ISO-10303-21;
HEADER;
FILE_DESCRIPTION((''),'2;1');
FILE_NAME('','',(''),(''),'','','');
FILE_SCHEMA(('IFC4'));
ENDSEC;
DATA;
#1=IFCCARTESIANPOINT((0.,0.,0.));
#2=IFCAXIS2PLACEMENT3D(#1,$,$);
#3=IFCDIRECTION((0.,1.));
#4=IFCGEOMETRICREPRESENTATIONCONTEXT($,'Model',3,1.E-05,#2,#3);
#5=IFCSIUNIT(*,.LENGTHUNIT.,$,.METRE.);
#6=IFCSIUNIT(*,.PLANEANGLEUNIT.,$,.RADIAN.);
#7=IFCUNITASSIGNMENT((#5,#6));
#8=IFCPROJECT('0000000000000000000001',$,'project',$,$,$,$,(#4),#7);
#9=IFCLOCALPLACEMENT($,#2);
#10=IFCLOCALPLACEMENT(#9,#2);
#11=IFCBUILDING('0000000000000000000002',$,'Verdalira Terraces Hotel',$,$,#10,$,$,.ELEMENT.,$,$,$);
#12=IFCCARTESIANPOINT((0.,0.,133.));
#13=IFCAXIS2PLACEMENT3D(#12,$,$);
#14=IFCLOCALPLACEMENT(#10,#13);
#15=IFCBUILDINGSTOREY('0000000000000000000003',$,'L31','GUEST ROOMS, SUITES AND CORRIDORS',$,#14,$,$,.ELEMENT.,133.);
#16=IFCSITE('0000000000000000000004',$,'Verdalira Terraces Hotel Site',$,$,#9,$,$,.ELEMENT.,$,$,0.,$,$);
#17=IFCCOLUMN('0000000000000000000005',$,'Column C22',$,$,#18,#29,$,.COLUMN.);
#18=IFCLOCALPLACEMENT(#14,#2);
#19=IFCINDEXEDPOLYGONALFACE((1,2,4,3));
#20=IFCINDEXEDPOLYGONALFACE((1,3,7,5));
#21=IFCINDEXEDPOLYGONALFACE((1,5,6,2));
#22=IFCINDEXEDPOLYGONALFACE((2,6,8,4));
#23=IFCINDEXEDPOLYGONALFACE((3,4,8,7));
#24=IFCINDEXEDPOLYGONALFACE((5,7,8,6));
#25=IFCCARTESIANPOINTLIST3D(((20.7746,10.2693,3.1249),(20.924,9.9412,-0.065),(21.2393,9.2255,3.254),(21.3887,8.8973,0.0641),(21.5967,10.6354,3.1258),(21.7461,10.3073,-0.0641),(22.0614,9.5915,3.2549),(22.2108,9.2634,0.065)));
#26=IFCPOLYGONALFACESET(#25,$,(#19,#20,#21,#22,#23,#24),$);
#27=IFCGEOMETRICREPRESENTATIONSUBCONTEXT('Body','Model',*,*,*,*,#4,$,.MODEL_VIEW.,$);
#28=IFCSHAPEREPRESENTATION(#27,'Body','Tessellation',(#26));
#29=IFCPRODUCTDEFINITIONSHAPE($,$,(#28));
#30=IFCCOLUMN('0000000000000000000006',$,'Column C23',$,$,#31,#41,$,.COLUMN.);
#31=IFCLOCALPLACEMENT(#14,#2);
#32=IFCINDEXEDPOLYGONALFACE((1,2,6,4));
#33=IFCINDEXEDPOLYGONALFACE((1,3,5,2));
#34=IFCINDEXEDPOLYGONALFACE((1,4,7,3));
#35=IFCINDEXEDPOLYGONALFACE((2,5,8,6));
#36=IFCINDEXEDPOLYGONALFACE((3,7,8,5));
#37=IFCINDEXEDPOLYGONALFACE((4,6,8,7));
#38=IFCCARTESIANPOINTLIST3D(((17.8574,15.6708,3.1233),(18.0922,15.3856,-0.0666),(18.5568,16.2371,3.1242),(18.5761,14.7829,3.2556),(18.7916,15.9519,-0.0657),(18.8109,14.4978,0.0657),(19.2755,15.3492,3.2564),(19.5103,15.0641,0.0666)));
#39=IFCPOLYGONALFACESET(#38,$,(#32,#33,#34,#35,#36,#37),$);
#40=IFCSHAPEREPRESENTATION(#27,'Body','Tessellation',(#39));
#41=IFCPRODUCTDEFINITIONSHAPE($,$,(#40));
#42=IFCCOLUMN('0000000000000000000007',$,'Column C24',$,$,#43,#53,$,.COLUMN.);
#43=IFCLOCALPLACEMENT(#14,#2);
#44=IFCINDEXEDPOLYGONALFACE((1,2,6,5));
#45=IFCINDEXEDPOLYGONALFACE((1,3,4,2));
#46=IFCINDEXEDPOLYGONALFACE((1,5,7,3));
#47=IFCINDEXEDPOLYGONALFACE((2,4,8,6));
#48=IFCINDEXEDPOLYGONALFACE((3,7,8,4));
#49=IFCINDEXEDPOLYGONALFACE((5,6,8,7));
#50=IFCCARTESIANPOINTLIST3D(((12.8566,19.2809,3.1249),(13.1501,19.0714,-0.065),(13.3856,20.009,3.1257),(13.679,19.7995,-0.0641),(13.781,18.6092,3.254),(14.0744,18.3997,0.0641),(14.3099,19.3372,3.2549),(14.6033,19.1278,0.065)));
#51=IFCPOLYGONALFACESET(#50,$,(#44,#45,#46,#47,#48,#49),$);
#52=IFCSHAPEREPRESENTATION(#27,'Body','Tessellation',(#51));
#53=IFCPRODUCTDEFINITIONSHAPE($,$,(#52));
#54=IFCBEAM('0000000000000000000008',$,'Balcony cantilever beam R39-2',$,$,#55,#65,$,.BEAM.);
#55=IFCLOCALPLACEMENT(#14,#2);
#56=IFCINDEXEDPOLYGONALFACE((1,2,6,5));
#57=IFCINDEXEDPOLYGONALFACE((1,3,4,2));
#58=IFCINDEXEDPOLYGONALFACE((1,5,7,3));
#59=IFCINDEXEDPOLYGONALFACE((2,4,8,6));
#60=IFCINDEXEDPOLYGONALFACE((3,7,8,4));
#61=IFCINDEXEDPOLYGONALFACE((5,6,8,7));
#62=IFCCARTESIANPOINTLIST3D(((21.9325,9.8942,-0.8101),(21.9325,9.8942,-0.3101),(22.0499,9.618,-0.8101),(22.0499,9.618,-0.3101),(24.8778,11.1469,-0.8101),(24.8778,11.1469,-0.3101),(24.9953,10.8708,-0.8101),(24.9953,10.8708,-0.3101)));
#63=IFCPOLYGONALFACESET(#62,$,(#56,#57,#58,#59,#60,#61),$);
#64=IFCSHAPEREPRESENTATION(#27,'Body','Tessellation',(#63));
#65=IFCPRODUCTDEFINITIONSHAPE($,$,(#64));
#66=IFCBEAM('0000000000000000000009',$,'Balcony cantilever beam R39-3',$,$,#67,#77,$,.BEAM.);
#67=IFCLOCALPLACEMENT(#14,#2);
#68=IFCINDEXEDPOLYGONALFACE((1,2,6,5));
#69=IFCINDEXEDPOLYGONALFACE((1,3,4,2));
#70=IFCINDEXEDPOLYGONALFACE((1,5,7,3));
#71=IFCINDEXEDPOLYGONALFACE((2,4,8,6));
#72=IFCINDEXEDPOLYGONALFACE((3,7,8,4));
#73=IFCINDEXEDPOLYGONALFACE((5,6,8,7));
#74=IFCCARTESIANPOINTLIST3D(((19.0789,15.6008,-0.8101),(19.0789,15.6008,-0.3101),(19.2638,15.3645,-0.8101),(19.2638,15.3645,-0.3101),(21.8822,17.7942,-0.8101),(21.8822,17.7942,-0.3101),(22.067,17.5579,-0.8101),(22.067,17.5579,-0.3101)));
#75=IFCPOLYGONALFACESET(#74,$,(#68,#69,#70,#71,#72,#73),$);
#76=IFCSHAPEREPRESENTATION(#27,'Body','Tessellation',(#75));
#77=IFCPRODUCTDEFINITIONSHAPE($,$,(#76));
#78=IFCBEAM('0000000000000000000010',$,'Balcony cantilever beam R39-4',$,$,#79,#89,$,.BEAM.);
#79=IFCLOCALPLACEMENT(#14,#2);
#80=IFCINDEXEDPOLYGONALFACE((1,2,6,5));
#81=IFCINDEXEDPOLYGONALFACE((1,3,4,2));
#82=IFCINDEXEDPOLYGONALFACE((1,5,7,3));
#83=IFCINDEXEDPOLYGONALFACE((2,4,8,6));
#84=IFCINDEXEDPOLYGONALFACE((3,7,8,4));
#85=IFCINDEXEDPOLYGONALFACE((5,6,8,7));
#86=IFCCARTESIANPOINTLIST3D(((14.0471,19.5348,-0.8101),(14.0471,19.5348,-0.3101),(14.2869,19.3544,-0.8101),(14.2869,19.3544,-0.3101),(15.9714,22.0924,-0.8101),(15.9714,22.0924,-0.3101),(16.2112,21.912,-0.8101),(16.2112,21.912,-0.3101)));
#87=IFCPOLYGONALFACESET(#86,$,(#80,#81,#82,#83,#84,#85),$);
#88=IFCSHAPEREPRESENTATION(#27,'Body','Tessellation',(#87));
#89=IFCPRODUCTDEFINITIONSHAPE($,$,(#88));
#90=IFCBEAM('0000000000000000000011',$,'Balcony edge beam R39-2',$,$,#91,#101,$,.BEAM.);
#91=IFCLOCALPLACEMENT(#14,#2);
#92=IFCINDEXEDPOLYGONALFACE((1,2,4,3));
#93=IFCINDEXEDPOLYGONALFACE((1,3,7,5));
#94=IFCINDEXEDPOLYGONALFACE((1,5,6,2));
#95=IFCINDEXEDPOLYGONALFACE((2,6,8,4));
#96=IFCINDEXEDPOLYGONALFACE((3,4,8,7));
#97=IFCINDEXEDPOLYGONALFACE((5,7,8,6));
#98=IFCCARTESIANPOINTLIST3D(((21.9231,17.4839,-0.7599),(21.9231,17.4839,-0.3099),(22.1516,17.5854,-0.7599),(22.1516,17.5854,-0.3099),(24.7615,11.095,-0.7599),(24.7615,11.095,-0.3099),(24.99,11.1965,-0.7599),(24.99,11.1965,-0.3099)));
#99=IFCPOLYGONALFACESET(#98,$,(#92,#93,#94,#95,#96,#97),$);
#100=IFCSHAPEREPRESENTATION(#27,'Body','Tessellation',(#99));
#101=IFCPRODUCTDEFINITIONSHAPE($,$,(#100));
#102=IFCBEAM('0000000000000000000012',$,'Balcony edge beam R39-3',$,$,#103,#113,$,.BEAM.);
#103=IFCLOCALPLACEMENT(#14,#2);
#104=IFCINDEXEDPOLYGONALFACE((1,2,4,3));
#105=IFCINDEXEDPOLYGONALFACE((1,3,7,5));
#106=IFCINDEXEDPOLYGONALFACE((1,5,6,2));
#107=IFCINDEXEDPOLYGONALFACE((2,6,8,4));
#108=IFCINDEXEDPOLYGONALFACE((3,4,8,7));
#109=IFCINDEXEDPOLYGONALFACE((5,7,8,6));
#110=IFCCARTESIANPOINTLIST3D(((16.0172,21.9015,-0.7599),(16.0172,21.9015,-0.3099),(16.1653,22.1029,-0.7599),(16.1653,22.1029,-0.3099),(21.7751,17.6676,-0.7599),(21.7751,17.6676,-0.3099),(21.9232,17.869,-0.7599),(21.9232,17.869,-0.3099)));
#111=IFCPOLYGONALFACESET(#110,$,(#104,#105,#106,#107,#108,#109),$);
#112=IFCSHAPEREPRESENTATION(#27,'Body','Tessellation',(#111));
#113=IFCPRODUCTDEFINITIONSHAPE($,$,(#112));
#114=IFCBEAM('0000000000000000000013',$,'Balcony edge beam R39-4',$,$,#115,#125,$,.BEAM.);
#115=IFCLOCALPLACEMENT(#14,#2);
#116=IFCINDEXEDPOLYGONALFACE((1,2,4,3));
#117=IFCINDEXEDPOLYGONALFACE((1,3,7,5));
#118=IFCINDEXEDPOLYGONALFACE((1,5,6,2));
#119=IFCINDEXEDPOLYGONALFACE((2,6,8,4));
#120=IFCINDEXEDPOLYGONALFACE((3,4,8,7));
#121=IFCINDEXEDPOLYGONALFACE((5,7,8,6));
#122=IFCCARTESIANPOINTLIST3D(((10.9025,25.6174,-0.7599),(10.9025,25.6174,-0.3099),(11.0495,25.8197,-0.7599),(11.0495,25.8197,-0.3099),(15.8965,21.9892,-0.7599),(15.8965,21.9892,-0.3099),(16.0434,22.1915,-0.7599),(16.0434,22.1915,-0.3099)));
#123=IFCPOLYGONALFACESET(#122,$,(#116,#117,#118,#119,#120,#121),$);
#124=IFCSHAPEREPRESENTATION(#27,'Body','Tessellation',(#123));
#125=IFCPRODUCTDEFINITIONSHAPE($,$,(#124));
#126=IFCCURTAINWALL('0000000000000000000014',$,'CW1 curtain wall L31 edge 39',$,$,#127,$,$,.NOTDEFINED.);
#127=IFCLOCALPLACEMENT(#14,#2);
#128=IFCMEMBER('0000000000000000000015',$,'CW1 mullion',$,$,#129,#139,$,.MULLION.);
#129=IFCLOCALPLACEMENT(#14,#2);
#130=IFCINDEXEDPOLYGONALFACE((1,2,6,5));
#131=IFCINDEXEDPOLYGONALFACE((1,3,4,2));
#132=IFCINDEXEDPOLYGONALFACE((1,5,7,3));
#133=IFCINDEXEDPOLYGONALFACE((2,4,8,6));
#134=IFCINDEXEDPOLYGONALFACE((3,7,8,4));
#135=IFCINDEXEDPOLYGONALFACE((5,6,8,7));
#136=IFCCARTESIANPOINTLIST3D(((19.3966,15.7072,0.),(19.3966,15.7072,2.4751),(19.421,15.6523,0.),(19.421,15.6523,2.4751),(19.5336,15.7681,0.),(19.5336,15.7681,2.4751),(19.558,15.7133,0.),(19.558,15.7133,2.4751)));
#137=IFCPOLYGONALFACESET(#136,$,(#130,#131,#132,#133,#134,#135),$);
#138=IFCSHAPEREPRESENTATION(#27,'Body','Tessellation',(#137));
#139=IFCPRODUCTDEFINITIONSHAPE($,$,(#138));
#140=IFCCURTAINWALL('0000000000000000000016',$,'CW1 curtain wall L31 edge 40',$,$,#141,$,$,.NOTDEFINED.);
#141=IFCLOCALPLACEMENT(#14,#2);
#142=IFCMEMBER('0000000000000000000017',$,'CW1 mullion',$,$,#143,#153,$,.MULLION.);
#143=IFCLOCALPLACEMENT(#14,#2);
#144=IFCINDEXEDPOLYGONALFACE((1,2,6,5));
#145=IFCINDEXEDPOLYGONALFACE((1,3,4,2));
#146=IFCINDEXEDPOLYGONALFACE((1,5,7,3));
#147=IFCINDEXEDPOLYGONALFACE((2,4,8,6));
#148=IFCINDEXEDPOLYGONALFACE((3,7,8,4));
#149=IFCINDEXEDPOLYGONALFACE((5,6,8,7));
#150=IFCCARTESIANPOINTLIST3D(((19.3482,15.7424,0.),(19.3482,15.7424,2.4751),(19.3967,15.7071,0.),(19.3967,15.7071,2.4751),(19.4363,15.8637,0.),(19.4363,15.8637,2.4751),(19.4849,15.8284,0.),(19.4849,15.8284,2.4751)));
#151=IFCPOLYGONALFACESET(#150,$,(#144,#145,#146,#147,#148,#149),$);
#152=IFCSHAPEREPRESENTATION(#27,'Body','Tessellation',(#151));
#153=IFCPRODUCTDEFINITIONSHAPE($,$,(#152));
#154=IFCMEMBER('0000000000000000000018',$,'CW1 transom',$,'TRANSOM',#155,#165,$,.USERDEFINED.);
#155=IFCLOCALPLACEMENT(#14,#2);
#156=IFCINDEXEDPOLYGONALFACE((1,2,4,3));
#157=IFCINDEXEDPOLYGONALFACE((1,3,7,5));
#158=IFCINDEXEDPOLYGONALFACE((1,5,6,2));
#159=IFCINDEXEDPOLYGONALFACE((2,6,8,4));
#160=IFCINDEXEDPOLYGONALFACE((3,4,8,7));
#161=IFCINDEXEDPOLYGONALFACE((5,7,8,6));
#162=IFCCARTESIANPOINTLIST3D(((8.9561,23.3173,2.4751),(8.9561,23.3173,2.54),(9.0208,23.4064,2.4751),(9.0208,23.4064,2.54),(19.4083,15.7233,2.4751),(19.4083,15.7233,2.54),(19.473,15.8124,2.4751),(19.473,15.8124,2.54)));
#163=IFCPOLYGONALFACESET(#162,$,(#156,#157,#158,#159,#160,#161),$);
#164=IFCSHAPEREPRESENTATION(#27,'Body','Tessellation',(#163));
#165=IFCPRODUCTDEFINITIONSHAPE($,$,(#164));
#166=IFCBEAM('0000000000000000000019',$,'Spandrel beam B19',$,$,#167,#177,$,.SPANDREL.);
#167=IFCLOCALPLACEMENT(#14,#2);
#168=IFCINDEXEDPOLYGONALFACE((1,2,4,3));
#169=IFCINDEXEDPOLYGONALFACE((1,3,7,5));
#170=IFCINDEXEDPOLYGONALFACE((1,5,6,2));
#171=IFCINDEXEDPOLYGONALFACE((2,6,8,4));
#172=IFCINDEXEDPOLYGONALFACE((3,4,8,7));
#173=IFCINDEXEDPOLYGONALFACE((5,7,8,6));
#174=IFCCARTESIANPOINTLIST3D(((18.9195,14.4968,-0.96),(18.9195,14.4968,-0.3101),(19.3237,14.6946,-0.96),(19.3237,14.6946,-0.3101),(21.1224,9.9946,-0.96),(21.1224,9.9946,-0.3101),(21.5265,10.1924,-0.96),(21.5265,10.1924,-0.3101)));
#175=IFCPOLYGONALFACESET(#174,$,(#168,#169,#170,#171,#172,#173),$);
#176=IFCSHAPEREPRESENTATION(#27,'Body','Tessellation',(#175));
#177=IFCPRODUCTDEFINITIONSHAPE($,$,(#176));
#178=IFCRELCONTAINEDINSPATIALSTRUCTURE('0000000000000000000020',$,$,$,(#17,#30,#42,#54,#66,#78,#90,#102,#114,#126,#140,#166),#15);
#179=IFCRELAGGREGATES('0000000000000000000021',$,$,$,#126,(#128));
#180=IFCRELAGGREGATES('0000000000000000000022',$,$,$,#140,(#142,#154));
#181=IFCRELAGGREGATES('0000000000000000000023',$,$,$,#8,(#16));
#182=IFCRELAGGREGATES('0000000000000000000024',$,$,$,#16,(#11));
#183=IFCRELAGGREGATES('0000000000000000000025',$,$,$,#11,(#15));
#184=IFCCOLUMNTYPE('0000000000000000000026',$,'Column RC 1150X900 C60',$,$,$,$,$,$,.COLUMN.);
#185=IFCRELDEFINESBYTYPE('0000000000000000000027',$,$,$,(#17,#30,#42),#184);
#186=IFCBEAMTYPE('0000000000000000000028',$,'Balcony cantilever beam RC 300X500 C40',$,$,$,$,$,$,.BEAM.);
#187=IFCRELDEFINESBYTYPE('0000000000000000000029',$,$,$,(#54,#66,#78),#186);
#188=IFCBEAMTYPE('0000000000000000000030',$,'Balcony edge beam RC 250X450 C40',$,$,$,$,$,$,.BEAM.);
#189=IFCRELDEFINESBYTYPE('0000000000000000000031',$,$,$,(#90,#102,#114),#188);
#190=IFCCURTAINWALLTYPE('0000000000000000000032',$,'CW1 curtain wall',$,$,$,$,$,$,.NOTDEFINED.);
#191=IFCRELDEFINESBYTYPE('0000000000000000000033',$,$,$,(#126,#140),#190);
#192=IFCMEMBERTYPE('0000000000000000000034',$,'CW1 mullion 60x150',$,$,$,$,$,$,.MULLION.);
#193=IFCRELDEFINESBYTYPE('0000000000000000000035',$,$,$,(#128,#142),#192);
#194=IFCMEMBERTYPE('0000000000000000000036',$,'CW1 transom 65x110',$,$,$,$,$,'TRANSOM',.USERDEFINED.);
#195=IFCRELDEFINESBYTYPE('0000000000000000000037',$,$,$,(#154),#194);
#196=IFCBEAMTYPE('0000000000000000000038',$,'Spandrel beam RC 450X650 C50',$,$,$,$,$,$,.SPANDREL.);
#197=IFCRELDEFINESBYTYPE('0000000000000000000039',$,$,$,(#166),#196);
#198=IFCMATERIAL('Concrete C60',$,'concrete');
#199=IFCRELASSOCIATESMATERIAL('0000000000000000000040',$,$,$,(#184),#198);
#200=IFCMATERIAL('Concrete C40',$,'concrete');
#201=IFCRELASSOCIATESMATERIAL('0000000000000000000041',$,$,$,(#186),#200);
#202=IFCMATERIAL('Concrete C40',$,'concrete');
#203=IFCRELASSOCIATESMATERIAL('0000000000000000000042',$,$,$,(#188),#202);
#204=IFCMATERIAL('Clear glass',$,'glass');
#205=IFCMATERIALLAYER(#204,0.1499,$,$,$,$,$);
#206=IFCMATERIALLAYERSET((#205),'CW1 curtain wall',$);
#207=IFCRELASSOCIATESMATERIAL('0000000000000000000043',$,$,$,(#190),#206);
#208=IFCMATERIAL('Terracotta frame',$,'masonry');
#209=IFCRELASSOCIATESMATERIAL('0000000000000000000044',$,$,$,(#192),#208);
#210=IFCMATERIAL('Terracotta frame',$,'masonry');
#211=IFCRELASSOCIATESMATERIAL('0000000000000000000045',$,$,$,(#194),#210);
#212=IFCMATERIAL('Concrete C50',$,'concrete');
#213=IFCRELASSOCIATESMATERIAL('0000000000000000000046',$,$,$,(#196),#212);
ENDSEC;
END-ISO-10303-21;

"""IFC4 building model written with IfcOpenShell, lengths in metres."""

from ifc_helpers import new_model, si_unit, direction, frame, origin, origin_2d, place, context, subcontext, project, spatial, rectangle, extrude, material, layer, layer_set, material_profile, profile_set, type_object, element, aggregate, save


model = new_model("IFC4")

# Units and contexts
model_context = context("Model", 3, precision=1e-05, world=origin(), true_north=direction((0.0, 1.0)))
body_context = subcontext(model_context, "Body", "Model", "MODEL_VIEW")
ifc_project = project(units=[si_unit("LENGTHUNIT", "METRE"), si_unit("PLANEANGLEUNIT", "RADIAN")], contexts=[model_context])

# Site, building, storey
site_placement = place(None, origin())
site = spatial("IfcSite", under=ifc_project, at=site_placement, Name="Verdalira Terraces Hotel Site", CompositionType="ELEMENT", RefElevation=0.0)
building_placement = place(site_placement, origin())
building = spatial("IfcBuilding", under=site, at=building_placement, Name="Verdalira Terraces Hotel", CompositionType="ELEMENT")
storey_placement = place(building_placement, frame((0.0, 0.0, 133.0)))
storey = spatial("IfcBuildingStorey", under=building, at=storey_placement, Name="L31", Description="GUEST ROOMS, SUITES AND CORRIDORS", CompositionType="ELEMENT", Elevation=133.0)

# Columns
ifc_material_1 = material(Name="Concrete C60", Category="concrete")
ifc_material_profile_1 = material_profile(ifc_material_1, rectangle(XDim=1.1499, YDim=0.8999, at=origin_2d()), Name="RC 1150X900")
ifc_profile_set_1 = profile_set([ifc_material_profile_1], Name="Concrete C60")
column_type = type_object("IfcColumnType", Name="Column RC 1150X900 C60", PredefinedType="COLUMN", material=ifc_profile_set_1)
column_1_placement = place(storey_placement, frame((21.5674, 9.6023, 0.0), z_axis=(-0.046543, 0.102212, 0.993673), x_axis=(-0.404105, 0.907792, -0.112306)))
element("IfcColumn", 1, at=column_1_placement, inside=storey, type_object=column_type, Name="Column C22", PredefinedType="COLUMN", context=body_context, shape_type="SweptSolid", body=[
    extrude(rectangle(XDim=1.1499, YDim=0.8999, at=origin_2d()), origin(), (0.0, 0.0, 1.0), 3.2102),
])
column_2_placement = place(storey_placement, frame((18.8013, 15.2249, 0.0), z_axis=(-0.073137, 0.088799, 0.993361), x_axis=(0.625001, -0.772102, 0.115036)))
element("IfcColumn", 2, at=column_2_placement, inside=storey, type_object=column_type, Name="Column C23", PredefinedType="COLUMN", context=body_context, shape_type="SweptSolid", body=[
    extrude(rectangle(XDim=1.1499, YDim=0.8999, at=origin_2d()), origin(), (0.0, 0.0, 1.0), 3.2112),
])
column_3_placement = place(storey_placement, frame((13.8767, 19.0996, 0.0), z_axis=(-0.091412, 0.065251, 0.993673), x_axis=(-0.803839, 0.584148, -0.112308)))
element("IfcColumn", 3, at=column_3_placement, inside=storey, type_object=column_type, Name="Column C24", PredefinedType="COLUMN", context=body_context, shape_type="SweptSolid", body=[
    extrude(rectangle(XDim=1.1499, YDim=0.8999, at=origin_2d()), origin(), (0.0, 0.0, 1.0), 3.2102),
])

# Beams
ifc_material_2 = material(Name="Concrete C40", Category="concrete")
ifc_material_profile_2 = material_profile(ifc_material_2, rectangle(XDim=0.3, YDim=0.5, at=origin_2d()), Name="RC 300X500")
ifc_profile_set_2 = profile_set([ifc_material_profile_2], Name="Concrete C40")
beam_type_1 = type_object("IfcBeamType", Name="Balcony cantilever beam RC 300X500 C40", PredefinedType="BEAM", material=ifc_profile_set_2)
beam_1_placement = place(storey_placement, frame((21.9912, 9.7561, -0.5601), z_axis=(0.920227, 0.391386, 0.0), x_axis=(-0.391386, 0.920227, 0.0)))
element("IfcBeam", 4, at=beam_1_placement, inside=storey, type_object=beam_type_1, Name="Balcony cantilever beam R39-2", PredefinedType="BEAM", context=body_context, shape_type="SweptSolid", body=[
    extrude(rectangle(XDim=0.3, YDim=0.5, at=origin_2d()), origin(), (0.0, 0.0, 1.0), 3.2007),
])
beam_2_placement = place(storey_placement, frame((19.1714, 15.4827, -0.5601), z_axis=(0.787569, 0.616227, 0.0), x_axis=(-0.616227, 0.787569, 0.0)))
element("IfcBeam", 5, at=beam_2_placement, inside=storey, type_object=beam_type_1, Name="Balcony cantilever beam R39-3", PredefinedType="BEAM", context=body_context, shape_type="SweptSolid", body=[
    extrude(rectangle(XDim=0.3, YDim=0.5, at=origin_2d()), origin(), (0.0, 0.0, 1.0), 3.5593),
])
beam_3_placement = place(storey_placement, frame((14.167, 19.4446, -0.5601), z_axis=(0.60122, 0.799084, 0.0), x_axis=(-0.799084, 0.60122, 0.0)))
element("IfcBeam", 6, at=beam_3_placement, inside=storey, type_object=beam_type_1, Name="Balcony cantilever beam R39-4", PredefinedType="BEAM", context=body_context, shape_type="SweptSolid", body=[
    extrude(rectangle(XDim=0.3, YDim=0.5, at=origin_2d()), origin(), (0.0, 0.0, 1.0), 3.2007),
])
ifc_material_3 = material(Name="Concrete C40", Category="concrete")
ifc_material_profile_3 = material_profile(ifc_material_3, rectangle(XDim=0.25, YDim=0.45, at=origin_2d()), Name="RC 250X450")
ifc_profile_set_3 = profile_set([ifc_material_profile_3], Name="Concrete C40")
beam_type_2 = type_object("IfcBeamType", Name="Balcony edge beam RC 250X450 C40", PredefinedType="BEAM", material=ifc_profile_set_3)
beam_4_placement = place(storey_placement, frame((24.8757, 11.1458, -0.5349), z_axis=(-0.406002, 0.913872, 0.0), x_axis=(-0.913872, -0.406002, 0.0)))
element("IfcBeam", 7, at=beam_4_placement, inside=storey, type_object=beam_type_2, Name="Balcony edge beam R39-2", PredefinedType="BEAM", context=body_context, shape_type="SweptSolid", body=[
    extrude(rectangle(XDim=0.25, YDim=0.45, at=origin_2d()), origin(), (0.0, 0.0, 1.0), 6.991),
])
beam_5_placement = place(storey_placement, frame((21.8491, 17.7683, -0.5349), z_axis=(-0.805638, 0.592409, 0.0), x_axis=(-0.592409, -0.805638, 0.0)))
element("IfcBeam", 8, at=beam_5_placement, inside=storey, type_object=beam_type_2, Name="Balcony edge beam R39-3", PredefinedType="BEAM", context=body_context, shape_type="SweptSolid", body=[
    extrude(rectangle(XDim=0.25, YDim=0.45, at=origin_2d()), origin(), (0.0, 0.0, 1.0), 7.147),
])
beam_6_placement = place(storey_placement, frame((15.97, 22.0903, -0.5349), z_axis=(-0.809025, 0.587774, 0.0), x_axis=(-0.587774, -0.809025, 0.0)))
element("IfcBeam", 9, at=beam_6_placement, inside=storey, type_object=beam_type_2, Name="Balcony edge beam R39-4", PredefinedType="BEAM", context=body_context, shape_type="SweptSolid", body=[
    extrude(rectangle(XDim=0.25, YDim=0.45, at=origin_2d()), origin(), (0.0, 0.0, 1.0), 6.1729),
])

# Curtain wall, member
ifc_material_4 = material(Name="Clear glass", Category="glass")
ifc_layer_1 = layer(ifc_material_4, 0.1499)
ifc_layer_set_1 = layer_set([ifc_layer_1], Name="CW1 curtain wall")
curtain_wall_type = type_object("IfcCurtainWallType", Name="CW1 curtain wall", PredefinedType="NOTDEFINED", material=ifc_layer_set_1)
curtain_wall_1_placement = place(storey_placement, origin())
curtain_wall_1 = element("IfcCurtainWall", 10, at=curtain_wall_1_placement, inside=storey, type_object=curtain_wall_type, Name="CW1 curtain wall L31 edge 39", PredefinedType="NOTDEFINED")
ifc_material_5 = material(Name="Terracotta frame", Category="masonry")
ifc_material_profile_4 = material_profile(ifc_material_5, rectangle(XDim=0.0601, YDim=0.1499, at=origin_2d()), Name="MU 60x150")
ifc_profile_set_4 = profile_set([ifc_material_profile_4], Name="Terracotta frame")
member_type_1 = type_object("IfcMemberType", Name="CW1 mullion 60x150", PredefinedType="MULLION", material=ifc_profile_set_4)
member_1_placement = place(storey_placement, frame((19.4773, 15.7102, 0.0), z_axis=(0.0, 0.0, 1.0), x_axis=(-0.406737, 0.913545, 0.0)))
member_1 = element("IfcMember", 11, at=member_1_placement, type_object=member_type_1, Name="CW1 mullion", PredefinedType="MULLION", context=body_context, shape_type="SweptSolid", body=[
    extrude(rectangle(XDim=0.0601, YDim=0.1499, at=origin_2d()), origin(), (0.0, 0.0, 1.0), 2.4751),
])

# Curtain wall, members
curtain_wall_2_placement = place(storey_placement, origin())
curtain_wall_2 = element("IfcCurtainWall", 12, at=curtain_wall_2_placement, inside=storey, type_object=curtain_wall_type, Name="CW1 curtain wall L31 edge 40", PredefinedType="NOTDEFINED")
member_2_placement = place(storey_placement, frame((19.4165, 15.7854, 0.0), z_axis=(0.0, 0.0, 1.0), x_axis=(-0.809017, 0.587785, 0.0)))
member_2 = element("IfcMember", 13, at=member_2_placement, type_object=member_type_1, Name="CW1 mullion", PredefinedType="MULLION", context=body_context, shape_type="SweptSolid", body=[
    extrude(rectangle(XDim=0.0601, YDim=0.1499, at=origin_2d()), origin(), (0.0, 0.0, 1.0), 2.4751),
])
ifc_material_6 = material(Name="Terracotta frame", Category="masonry")
ifc_material_profile_5 = material_profile(ifc_material_6, rectangle(XDim=0.1101, YDim=0.0649, at=origin_2d()), Name="TR 65x110")
ifc_profile_set_5 = profile_set([ifc_material_profile_5], Name="Terracotta frame")
member_type_2 = type_object("IfcMemberType", Name="CW1 transom 65x110", ElementType="TRANSOM", PredefinedType="USERDEFINED", material=ifc_profile_set_5)
member_3_placement = place(storey_placement, frame((19.4407, 15.7678, 2.5076), z_axis=(-0.809015, 0.587788, 0.0), x_axis=(-0.587788, -0.809015, 0.0)))
member_3 = element("IfcMember", 14, at=member_3_placement, type_object=member_type_2, Name="CW1 transom", ObjectType="TRANSOM", PredefinedType="USERDEFINED", context=body_context, shape_type="SweptSolid", body=[
    extrude(rectangle(XDim=0.1101, YDim=0.0649, at=origin_2d()), origin(), (0.0, 0.0, 1.0), 12.9197),
])

# Beam
ifc_material_7 = material(Name="Concrete C50", Category="concrete")
ifc_material_profile_6 = material_profile(ifc_material_7, rectangle(XDim=0.45, YDim=0.6499, at=origin_2d()), Name="RC 450X650")
ifc_profile_set_6 = profile_set([ifc_material_profile_6], Name="Concrete C50")
beam_type_3 = type_object("IfcBeamType", Name="Spandrel beam RC 450X650 C50", PredefinedType="SPANDREL", material=ifc_profile_set_6)
beam_7_placement = place(storey_placement, frame((21.3245, 10.0935, -0.635), z_axis=(-0.439501, 0.898242, 0.0), x_axis=(-0.898242, -0.439501, 0.0)))
element("IfcBeam", 15, at=beam_7_placement, inside=storey, type_object=beam_type_3, Name="Spandrel beam B19", PredefinedType="SPANDREL", context=body_context, shape_type="SweptSolid", body=[
    extrude(rectangle(XDim=0.45, YDim=0.6499, at=origin_2d()), origin(), (0.0, 0.0, 1.0), 5.0122),
])

aggregate(curtain_wall_1, [member_1])
aggregate(curtain_wall_2, [member_2, member_3])

save(model, "model.ifc")
